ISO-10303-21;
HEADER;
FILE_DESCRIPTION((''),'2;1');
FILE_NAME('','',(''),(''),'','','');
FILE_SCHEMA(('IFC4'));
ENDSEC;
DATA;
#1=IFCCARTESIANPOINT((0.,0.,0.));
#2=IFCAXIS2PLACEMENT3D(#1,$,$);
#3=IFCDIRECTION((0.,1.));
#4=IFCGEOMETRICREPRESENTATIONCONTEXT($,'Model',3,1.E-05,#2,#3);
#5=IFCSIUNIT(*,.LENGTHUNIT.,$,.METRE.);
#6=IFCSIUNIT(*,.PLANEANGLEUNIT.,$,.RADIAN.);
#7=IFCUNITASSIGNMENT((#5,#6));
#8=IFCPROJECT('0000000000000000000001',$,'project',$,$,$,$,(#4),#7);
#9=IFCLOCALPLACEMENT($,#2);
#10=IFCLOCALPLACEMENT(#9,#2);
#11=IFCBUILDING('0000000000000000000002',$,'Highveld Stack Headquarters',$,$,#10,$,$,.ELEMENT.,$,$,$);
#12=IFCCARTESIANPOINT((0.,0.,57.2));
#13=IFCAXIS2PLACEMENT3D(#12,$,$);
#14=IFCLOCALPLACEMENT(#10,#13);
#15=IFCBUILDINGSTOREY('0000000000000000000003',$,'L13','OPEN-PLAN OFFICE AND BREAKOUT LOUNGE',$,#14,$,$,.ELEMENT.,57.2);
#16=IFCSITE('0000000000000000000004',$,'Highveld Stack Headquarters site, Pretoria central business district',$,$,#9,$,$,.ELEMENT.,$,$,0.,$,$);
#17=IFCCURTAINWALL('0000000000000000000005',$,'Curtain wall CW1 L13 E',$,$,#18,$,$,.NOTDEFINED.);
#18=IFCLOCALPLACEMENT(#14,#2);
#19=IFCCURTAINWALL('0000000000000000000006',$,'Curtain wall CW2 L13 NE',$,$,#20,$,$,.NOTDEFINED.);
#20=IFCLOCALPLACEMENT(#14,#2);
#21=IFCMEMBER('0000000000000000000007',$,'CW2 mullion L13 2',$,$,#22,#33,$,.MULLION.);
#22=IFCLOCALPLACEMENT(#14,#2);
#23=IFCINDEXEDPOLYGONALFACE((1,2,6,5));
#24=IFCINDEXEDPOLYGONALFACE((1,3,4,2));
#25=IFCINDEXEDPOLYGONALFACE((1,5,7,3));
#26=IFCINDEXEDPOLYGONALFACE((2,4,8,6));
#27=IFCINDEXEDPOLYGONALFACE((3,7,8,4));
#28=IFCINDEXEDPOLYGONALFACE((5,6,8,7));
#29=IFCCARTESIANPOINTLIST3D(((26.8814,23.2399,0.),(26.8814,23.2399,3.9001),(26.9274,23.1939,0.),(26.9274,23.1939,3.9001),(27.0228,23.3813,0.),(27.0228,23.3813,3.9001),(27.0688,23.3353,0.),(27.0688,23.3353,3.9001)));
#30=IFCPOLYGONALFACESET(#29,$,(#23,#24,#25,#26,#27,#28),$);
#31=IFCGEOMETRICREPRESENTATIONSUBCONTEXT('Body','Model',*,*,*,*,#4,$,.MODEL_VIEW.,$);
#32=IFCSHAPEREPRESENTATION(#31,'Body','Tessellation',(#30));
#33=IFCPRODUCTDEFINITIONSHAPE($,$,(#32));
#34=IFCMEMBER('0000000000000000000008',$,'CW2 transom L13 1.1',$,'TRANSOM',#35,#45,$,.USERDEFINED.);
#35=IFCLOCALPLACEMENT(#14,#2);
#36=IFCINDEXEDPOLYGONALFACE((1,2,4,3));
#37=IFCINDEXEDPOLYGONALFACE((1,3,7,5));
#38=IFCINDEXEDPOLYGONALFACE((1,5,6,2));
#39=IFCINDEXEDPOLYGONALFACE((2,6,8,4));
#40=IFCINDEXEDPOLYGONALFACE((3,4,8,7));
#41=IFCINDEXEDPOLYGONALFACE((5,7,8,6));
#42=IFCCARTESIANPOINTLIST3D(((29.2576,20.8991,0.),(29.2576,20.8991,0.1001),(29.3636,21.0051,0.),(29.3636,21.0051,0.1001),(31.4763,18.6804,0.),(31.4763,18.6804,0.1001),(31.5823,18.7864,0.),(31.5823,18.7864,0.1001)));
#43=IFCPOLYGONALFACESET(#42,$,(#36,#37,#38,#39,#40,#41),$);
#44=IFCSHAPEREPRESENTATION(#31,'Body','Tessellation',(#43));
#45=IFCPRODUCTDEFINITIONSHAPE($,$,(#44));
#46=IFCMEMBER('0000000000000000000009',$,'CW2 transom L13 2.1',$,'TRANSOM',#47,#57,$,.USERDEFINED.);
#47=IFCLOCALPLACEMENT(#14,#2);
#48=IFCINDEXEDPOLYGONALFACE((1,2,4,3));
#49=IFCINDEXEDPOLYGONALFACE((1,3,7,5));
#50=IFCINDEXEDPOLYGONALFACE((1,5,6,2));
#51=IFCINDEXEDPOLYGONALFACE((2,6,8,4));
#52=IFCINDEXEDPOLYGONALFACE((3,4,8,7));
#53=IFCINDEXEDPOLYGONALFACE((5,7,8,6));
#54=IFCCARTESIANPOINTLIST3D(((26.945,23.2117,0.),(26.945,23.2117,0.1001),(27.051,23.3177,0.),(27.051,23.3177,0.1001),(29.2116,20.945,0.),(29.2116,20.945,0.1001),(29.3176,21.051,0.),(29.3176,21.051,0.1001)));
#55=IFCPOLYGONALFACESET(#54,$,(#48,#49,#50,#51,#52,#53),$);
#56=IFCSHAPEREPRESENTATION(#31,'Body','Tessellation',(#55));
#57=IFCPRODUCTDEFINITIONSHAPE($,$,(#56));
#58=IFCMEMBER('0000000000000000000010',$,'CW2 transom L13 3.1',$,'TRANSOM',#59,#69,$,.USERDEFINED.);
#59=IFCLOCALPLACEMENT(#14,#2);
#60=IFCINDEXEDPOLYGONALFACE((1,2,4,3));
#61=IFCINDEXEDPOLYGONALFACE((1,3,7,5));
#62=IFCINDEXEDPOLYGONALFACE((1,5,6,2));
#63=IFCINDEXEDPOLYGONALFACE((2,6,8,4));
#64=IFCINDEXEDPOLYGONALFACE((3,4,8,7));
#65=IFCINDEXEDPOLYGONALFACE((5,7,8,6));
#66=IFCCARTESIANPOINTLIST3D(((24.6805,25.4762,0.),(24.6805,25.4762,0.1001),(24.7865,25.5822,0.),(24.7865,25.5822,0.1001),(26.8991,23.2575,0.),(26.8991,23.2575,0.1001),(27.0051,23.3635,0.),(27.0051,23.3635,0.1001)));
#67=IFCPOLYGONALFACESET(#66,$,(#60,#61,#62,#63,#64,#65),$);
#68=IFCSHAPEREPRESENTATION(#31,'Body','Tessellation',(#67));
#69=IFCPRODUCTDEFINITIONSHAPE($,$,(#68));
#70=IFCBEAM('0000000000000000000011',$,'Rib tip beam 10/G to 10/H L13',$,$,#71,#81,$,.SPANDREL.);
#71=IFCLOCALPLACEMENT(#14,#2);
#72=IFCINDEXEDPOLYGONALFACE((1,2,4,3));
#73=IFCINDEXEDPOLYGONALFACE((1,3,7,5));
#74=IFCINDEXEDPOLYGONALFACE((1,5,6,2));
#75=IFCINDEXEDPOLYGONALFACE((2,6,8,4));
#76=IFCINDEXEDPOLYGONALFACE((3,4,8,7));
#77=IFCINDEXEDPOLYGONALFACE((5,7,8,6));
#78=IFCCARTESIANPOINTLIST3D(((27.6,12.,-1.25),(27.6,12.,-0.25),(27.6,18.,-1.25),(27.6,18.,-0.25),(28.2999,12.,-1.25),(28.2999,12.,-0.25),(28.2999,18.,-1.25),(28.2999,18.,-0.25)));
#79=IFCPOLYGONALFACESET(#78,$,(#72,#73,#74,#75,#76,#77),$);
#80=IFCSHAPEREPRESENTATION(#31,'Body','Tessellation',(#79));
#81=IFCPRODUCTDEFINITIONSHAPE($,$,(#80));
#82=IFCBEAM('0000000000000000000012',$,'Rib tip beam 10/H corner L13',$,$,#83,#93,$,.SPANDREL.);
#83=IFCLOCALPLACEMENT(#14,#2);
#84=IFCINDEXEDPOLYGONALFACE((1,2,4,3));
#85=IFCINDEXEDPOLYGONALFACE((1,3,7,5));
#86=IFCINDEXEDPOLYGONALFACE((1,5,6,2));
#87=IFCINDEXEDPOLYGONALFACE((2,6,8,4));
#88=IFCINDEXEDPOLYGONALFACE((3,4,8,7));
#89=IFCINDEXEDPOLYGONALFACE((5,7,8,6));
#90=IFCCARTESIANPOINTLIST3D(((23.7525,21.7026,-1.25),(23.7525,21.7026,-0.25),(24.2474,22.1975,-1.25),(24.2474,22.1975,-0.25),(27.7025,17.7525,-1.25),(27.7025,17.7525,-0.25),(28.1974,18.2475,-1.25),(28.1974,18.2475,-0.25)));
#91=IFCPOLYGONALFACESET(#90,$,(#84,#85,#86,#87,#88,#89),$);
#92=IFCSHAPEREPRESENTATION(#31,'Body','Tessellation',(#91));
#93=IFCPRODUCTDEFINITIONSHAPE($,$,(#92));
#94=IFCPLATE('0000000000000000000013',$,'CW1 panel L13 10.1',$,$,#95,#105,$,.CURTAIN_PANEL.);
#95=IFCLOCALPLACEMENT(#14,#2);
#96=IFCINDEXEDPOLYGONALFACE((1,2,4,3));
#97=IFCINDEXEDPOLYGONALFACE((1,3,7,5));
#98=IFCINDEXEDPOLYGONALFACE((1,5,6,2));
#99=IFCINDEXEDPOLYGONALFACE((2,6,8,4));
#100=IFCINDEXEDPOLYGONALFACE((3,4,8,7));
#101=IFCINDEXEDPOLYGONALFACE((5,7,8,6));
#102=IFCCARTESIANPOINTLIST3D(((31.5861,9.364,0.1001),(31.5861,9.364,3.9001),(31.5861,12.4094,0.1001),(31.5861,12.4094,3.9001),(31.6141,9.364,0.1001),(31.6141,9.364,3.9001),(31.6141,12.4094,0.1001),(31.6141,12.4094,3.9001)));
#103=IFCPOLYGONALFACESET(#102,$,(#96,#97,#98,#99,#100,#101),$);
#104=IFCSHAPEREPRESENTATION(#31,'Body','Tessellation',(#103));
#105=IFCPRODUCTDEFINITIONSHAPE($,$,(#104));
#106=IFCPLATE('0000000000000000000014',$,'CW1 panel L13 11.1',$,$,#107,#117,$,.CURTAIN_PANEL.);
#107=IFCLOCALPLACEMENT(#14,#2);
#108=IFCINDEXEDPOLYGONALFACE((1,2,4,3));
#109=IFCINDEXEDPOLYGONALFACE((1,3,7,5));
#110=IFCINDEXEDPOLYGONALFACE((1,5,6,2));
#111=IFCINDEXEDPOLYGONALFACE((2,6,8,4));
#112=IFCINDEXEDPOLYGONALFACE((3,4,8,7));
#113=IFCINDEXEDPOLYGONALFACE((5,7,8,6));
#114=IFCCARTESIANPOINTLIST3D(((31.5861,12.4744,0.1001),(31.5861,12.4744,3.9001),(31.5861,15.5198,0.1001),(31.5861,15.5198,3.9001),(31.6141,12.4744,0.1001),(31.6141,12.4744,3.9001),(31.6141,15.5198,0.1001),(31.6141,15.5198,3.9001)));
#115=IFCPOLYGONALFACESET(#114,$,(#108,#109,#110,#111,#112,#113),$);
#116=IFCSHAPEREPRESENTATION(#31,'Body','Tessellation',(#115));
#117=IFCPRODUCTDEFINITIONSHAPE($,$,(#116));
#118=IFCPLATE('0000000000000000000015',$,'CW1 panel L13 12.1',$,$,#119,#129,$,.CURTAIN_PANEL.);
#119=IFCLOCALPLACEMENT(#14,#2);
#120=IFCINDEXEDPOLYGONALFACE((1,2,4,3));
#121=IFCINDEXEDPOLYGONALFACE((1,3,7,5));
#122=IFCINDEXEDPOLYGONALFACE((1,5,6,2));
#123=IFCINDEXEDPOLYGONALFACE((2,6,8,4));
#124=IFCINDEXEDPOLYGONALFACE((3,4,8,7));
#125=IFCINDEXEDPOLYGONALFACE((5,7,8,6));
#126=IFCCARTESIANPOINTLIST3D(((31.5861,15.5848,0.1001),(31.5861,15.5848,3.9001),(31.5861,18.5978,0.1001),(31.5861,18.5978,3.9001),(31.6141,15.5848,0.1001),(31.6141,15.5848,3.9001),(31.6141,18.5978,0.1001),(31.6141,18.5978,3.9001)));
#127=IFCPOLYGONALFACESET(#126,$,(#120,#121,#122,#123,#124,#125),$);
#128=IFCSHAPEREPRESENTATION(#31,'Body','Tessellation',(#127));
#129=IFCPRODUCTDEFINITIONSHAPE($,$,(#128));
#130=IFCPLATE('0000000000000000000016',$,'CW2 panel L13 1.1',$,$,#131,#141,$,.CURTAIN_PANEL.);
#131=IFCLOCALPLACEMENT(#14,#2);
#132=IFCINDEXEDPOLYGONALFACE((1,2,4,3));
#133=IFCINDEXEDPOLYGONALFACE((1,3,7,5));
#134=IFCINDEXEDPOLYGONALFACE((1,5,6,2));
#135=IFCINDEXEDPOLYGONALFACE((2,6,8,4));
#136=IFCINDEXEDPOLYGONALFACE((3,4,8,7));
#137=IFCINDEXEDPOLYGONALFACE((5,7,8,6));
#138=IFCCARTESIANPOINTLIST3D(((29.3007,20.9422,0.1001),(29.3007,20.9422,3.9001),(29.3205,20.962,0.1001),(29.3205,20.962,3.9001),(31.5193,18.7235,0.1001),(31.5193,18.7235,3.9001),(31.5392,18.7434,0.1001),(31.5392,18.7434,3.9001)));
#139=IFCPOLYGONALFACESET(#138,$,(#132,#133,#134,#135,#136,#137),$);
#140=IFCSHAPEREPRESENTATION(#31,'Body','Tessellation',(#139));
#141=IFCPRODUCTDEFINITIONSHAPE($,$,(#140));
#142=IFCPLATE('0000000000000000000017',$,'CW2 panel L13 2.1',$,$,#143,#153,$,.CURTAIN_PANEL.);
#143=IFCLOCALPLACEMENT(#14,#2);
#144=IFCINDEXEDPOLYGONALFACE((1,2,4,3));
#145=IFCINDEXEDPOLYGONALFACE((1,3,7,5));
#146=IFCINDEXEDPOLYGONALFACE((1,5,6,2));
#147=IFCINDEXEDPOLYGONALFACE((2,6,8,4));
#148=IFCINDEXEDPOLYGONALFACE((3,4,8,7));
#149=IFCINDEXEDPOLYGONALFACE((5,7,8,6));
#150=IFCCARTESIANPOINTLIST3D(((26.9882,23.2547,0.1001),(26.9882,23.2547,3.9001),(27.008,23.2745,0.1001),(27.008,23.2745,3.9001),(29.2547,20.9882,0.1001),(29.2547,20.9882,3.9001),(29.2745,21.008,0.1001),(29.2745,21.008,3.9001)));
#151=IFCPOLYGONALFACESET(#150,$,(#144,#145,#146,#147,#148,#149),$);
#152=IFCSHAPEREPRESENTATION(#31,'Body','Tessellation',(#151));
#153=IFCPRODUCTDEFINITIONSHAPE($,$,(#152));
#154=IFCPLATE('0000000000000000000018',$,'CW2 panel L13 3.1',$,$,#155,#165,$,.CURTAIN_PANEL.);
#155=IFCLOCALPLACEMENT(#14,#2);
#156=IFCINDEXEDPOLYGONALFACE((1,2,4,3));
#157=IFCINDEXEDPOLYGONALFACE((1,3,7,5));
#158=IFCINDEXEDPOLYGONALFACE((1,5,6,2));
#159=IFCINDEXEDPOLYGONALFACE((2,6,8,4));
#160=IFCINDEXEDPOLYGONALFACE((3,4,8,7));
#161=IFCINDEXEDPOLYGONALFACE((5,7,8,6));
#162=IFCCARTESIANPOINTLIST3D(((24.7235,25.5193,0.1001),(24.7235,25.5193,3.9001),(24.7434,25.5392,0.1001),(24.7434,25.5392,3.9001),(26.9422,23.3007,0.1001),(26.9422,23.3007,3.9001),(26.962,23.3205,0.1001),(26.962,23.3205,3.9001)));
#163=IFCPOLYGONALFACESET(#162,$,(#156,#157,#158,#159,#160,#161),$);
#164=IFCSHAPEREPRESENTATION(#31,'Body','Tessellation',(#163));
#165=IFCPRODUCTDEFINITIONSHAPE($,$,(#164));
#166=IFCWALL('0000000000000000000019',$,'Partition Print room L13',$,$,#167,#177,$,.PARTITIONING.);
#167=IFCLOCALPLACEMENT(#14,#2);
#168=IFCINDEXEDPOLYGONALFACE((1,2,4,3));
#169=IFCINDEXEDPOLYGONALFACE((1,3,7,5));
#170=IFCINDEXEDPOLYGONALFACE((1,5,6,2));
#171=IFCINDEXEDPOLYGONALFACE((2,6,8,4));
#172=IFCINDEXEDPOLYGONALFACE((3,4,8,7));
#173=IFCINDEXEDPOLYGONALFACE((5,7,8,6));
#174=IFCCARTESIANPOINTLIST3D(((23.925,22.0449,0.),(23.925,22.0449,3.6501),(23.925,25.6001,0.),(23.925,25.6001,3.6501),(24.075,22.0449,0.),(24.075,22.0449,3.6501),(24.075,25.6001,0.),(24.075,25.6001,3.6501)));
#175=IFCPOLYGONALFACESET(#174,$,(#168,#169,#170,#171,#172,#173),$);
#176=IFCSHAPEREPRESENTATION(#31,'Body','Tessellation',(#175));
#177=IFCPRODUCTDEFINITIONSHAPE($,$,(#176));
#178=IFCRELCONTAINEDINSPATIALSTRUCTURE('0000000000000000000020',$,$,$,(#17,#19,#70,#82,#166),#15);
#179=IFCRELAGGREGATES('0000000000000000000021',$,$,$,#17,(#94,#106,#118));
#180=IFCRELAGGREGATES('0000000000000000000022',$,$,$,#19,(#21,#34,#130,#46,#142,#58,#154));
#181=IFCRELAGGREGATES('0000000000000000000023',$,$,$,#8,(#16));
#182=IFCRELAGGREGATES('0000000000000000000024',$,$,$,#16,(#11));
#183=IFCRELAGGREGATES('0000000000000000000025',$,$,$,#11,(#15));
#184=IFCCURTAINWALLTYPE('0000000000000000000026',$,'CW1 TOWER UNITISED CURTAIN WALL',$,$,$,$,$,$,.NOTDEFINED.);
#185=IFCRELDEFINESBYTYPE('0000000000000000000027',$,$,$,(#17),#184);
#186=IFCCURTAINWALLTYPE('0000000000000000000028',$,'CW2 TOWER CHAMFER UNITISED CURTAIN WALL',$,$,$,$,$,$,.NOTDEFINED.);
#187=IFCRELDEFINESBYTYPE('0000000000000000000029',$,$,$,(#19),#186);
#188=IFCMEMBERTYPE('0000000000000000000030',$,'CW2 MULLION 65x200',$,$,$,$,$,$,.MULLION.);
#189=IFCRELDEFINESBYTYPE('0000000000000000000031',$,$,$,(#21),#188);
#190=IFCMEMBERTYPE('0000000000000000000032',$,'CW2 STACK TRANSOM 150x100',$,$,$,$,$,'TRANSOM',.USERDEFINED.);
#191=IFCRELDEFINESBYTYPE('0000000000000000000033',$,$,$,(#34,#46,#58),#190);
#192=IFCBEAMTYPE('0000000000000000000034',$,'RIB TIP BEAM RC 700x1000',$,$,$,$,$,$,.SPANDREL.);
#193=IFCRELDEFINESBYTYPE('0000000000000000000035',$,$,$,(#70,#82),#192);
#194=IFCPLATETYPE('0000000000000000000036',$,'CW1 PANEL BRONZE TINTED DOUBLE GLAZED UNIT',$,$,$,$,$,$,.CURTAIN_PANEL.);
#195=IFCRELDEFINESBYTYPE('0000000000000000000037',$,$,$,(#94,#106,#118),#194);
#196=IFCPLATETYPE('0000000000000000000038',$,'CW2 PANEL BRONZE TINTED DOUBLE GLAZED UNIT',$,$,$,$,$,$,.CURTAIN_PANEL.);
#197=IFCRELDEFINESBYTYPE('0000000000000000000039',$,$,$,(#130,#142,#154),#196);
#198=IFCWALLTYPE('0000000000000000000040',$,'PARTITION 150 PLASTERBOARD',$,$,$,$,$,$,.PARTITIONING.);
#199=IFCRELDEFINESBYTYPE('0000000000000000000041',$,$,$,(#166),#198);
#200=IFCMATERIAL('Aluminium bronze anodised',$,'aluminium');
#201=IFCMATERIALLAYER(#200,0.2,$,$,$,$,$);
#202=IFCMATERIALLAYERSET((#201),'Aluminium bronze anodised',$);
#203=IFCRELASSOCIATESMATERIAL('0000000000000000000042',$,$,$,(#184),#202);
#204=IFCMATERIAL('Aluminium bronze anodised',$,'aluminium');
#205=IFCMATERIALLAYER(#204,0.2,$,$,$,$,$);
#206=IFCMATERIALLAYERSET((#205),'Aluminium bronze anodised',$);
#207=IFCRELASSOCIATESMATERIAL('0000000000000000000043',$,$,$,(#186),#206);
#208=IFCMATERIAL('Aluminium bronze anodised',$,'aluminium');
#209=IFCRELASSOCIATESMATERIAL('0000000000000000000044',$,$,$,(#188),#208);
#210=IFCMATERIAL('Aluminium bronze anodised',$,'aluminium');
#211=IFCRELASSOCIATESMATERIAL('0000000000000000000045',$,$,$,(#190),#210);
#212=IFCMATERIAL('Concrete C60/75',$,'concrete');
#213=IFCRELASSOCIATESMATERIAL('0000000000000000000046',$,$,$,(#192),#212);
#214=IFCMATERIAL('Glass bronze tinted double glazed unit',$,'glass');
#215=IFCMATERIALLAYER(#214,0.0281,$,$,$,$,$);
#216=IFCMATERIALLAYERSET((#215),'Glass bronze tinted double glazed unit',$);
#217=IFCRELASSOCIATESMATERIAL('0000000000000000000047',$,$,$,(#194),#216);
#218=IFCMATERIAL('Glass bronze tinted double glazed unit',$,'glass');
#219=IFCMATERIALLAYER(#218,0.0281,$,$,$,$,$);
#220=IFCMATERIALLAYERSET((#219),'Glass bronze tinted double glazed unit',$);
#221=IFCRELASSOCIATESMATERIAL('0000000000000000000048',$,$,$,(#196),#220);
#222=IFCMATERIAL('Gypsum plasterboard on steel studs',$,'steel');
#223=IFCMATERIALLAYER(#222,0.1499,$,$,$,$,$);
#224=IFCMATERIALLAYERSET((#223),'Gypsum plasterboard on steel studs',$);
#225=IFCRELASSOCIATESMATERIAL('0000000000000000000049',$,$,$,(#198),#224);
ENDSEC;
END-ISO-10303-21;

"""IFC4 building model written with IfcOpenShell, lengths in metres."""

from ifc_helpers import new_model, si_unit, direction, frame, frame_2d, origin, origin_2d, place, context, subcontext, project, spatial, rectangle, extrude, material, layer, layer_set, material_profile, profile_set, type_object, element, aggregate, save


model = new_model("IFC4")

# Units and contexts
model_context = context("Model", 3, precision=1e-05, world=origin(), true_north=direction((0.0, 1.0)))
body_context = subcontext(model_context, "Body", "Model", "MODEL_VIEW")
ifc_project = project(units=[si_unit("LENGTHUNIT", "METRE"), si_unit("PLANEANGLEUNIT", "RADIAN")], contexts=[model_context])

# Site, building, storey
site_placement = place(None, origin())
site = spatial("IfcSite", under=ifc_project, at=site_placement, Name="Highveld Stack Headquarters site, Pretoria central business district", CompositionType="ELEMENT", RefElevation=0.0)
building_placement = place(site_placement, origin())
building = spatial("IfcBuilding", under=site, at=building_placement, Name="Highveld Stack Headquarters", CompositionType="ELEMENT")
storey_placement = place(building_placement, frame((0.0, 0.0, 57.2)))
storey = spatial("IfcBuildingStorey", under=building, at=storey_placement, Name="L13", Description="OPEN-PLAN OFFICE AND BREAKOUT LOUNGE", CompositionType="ELEMENT", Elevation=57.2)

# Curtain wall
ifc_material_1 = material(Name="Aluminium bronze anodised", Category="aluminium")
ifc_layer_1 = layer(ifc_material_1, 0.2)
ifc_layer_set_1 = layer_set([ifc_layer_1], Name="Aluminium bronze anodised")
curtain_wall_type_1 = type_object("IfcCurtainWallType", Name="CW1 TOWER UNITISED CURTAIN WALL", PredefinedType="NOTDEFINED", material=ifc_layer_set_1)
curtain_wall_1_placement = place(storey_placement, origin())
curtain_wall_1 = element("IfcCurtainWall", 1, at=curtain_wall_1_placement, inside=storey, type_object=curtain_wall_type_1, Name="Curtain wall CW1 L13 E", PredefinedType="NOTDEFINED")

# Curtain wall, members
ifc_material_2 = material(Name="Aluminium bronze anodised", Category="aluminium")
ifc_layer_2 = layer(ifc_material_2, 0.2)
ifc_layer_set_2 = layer_set([ifc_layer_2], Name="Aluminium bronze anodised")
curtain_wall_type_2 = type_object("IfcCurtainWallType", Name="CW2 TOWER CHAMFER UNITISED CURTAIN WALL", PredefinedType="NOTDEFINED", material=ifc_layer_set_2)
curtain_wall_2_placement = place(storey_placement, origin())
curtain_wall_2 = element("IfcCurtainWall", 2, at=curtain_wall_2_placement, inside=storey, type_object=curtain_wall_type_2, Name="Curtain wall CW2 L13 NE", PredefinedType="NOTDEFINED")
ifc_material_3 = material(Name="Aluminium bronze anodised", Category="aluminium")
ifc_material_profile_1 = material_profile(ifc_material_3, rectangle(XDim=0.2, YDim=0.0649, at=origin_2d()), Name="CW2 MULLION 65x200")
ifc_profile_set_1 = profile_set([ifc_material_profile_1], Name="Aluminium bronze anodised")
member_type_1 = type_object("IfcMemberType", Name="CW2 MULLION 65x200", PredefinedType="MULLION", material=ifc_profile_set_1)
member_1_placement = place(storey_placement, frame((26.9751, 23.2876, 0.0), z_axis=(0.0, 0.0, 1.0), x_axis=(-0.707107, -0.707107, 0.0)))
member_1 = element("IfcMember", 3, at=member_1_placement, type_object=member_type_1, Name="CW2 mullion L13 2", PredefinedType="MULLION", context=body_context, shape_type="SweptSolid", body=[
    extrude(rectangle(XDim=0.2, YDim=0.0649, at=origin_2d()), origin(), (0.0, 0.0, 1.0), 3.9001),
])
ifc_material_4 = material(Name="Aluminium bronze anodised", Category="aluminium")
ifc_material_profile_2 = material_profile(ifc_material_4, rectangle(XDim=0.1499, YDim=0.1001, at=origin_2d()), Name="CW2 TRANSOM 150x100")
ifc_profile_set_2 = profile_set([ifc_material_profile_2], Name="Aluminium bronze anodised")
member_type_2 = type_object("IfcMemberType", Name="CW2 STACK TRANSOM 150x100", ElementType="TRANSOM", PredefinedType="USERDEFINED", material=ifc_profile_set_2)
member_2_placement = place(storey_placement, frame((31.5293, 18.7334, 0.05), z_axis=(-0.707107, 0.707107, 0.0), x_axis=(-0.707107, -0.707107, 0.0)))
member_2 = element("IfcMember", 4, at=member_2_placement, type_object=member_type_2, Name="CW2 transom L13 1.1", ObjectType="TRANSOM", PredefinedType="USERDEFINED", context=body_context, shape_type="SweptSolid", body=[
    extrude(rectangle(XDim=0.1499, YDim=0.1001, at=origin_2d()), origin(), (0.0, 0.0, 1.0), 3.1377),
])
member_3_placement = place(storey_placement, frame((29.2646, 20.998, 0.05), z_axis=(-0.707107, 0.707107, 0.0), x_axis=(-0.707107, -0.707107, 0.0)))
member_3 = element("IfcMember", 5, at=member_3_placement, type_object=member_type_2, Name="CW2 transom L13 2.1", ObjectType="TRANSOM", PredefinedType="USERDEFINED", context=body_context, shape_type="SweptSolid", body=[
    extrude(rectangle(XDim=0.1499, YDim=0.1001, at=origin_2d()), origin(), (0.0, 0.0, 1.0), 3.2056),
])
member_4_placement = place(storey_placement, frame((26.9521, 23.3105, 0.05), z_axis=(-0.707107, 0.707107, 0.0), x_axis=(-0.707107, -0.707107, 0.0)))
member_4 = element("IfcMember", 6, at=member_4_placement, type_object=member_type_2, Name="CW2 transom L13 3.1", ObjectType="TRANSOM", PredefinedType="USERDEFINED", context=body_context, shape_type="SweptSolid", body=[
    extrude(rectangle(XDim=0.1499, YDim=0.1001, at=origin_2d()), origin(), (0.0, 0.0, 1.0), 3.1377),
])

# Beams
ifc_material_5 = material(Name="Concrete C60/75", Category="concrete")
ifc_material_profile_3 = material_profile(ifc_material_5, rectangle(XDim=0.7, YDim=1.0, at=origin_2d()), Name="RC 700x1000")
ifc_profile_set_3 = profile_set([ifc_material_profile_3], Name="Concrete C60/75")
beam_type = type_object("IfcBeamType", Name="RIB TIP BEAM RC 700x1000", PredefinedType="SPANDREL", material=ifc_profile_set_3)
beam_1_placement = place(storey_placement, frame((27.95, 12.0, -0.75), z_axis=(0.0, 1.0, 0.0), x_axis=(-1.0, 0.0, 0.0)))
element("IfcBeam", 7, at=beam_1_placement, inside=storey, type_object=beam_type, Name="Rib tip beam 10/G to 10/H L13", PredefinedType="SPANDREL", context=body_context, shape_type="SweptSolid", body=[
    extrude(rectangle(XDim=0.7, YDim=1.0, at=origin_2d()), origin(), (0.0, 0.0, 1.0), 6.0),
])
beam_2_placement = place(storey_placement, frame((27.95, 18.0, -0.75), z_axis=(-0.707107, 0.707107, 0.0), x_axis=(-0.707107, -0.707107, 0.0)))
element("IfcBeam", 8, at=beam_2_placement, inside=storey, type_object=beam_type, Name="Rib tip beam 10/H corner L13", PredefinedType="SPANDREL", context=body_context, shape_type="SweptSolid", body=[
    extrude(rectangle(XDim=0.7, YDim=1.0, at=origin_2d()), origin(), (0.0, 0.0, 1.0), 5.5862),
])

# Plates
ifc_material_6 = material(Name="Glass bronze tinted double glazed unit", Category="glass")
ifc_layer_3 = layer(ifc_material_6, 0.0281)
ifc_layer_set_3 = layer_set([ifc_layer_3], Name="Glass bronze tinted double glazed unit")
plate_type_1 = type_object("IfcPlateType", Name="CW1 PANEL BRONZE TINTED DOUBLE GLAZED UNIT", PredefinedType="CURTAIN_PANEL", material=ifc_layer_set_3)
plate_1_placement = place(storey_placement, frame((31.6001, 10.8867, 0.1001), z_axis=(0.0, 0.0, 1.0), x_axis=(0.0, 1.0, 0.0)))
plate_1 = element("IfcPlate", 9, at=plate_1_placement, type_object=plate_type_1, Name="CW1 panel L13 10.1", PredefinedType="CURTAIN_PANEL", context=body_context, shape_type="SweptSolid", body=[
    extrude(rectangle(XDim=3.0454, YDim=0.0281, at=origin_2d()), origin(), (0.0, 0.0, 1.0), 3.8),
])
plate_2_placement = place(storey_placement, frame((31.6001, 13.9971, 0.1001), z_axis=(0.0, 0.0, 1.0), x_axis=(0.0, 1.0, 0.0)))
plate_2 = element("IfcPlate", 10, at=plate_2_placement, type_object=plate_type_1, Name="CW1 panel L13 11.1", PredefinedType="CURTAIN_PANEL", context=body_context, shape_type="SweptSolid", body=[
    extrude(rectangle(XDim=3.0454, YDim=0.0281, at=origin_2d()), origin(), (0.0, 0.0, 1.0), 3.8),
])
plate_3_placement = place(storey_placement, frame((31.6001, 17.0913, 0.1001), z_axis=(0.0, 0.0, 1.0), x_axis=(0.0, 1.0, 0.0)))
plate_3 = element("IfcPlate", 11, at=plate_3_placement, type_object=plate_type_1, Name="CW1 panel L13 12.1", PredefinedType="CURTAIN_PANEL", context=body_context, shape_type="SweptSolid", body=[
    extrude(rectangle(XDim=3.0129, YDim=0.0281, at=origin_2d()), origin(), (0.0, 0.0, 1.0), 3.8),
])
aggregate(curtain_wall_1, [plate_1, plate_2, plate_3])
ifc_material_7 = material(Name="Glass bronze tinted double glazed unit", Category="glass")
ifc_layer_4 = layer(ifc_material_7, 0.0281)
ifc_layer_set_4 = layer_set([ifc_layer_4], Name="Glass bronze tinted double glazed unit")
plate_type_2 = type_object("IfcPlateType", Name="CW2 PANEL BRONZE TINTED DOUBLE GLAZED UNIT", PredefinedType="CURTAIN_PANEL", material=ifc_layer_set_4)
plate_4_placement = place(storey_placement, frame((30.4199, 19.8428, 0.1001), z_axis=(0.0, 0.0, 1.0), x_axis=(-0.707107, 0.707107, 0.0)))
plate_4 = element("IfcPlate", 12, at=plate_4_placement, type_object=plate_type_2, Name="CW2 panel L13 1.1", PredefinedType="CURTAIN_PANEL", context=body_context, shape_type="SweptSolid", body=[
    extrude(rectangle(XDim=3.1377, YDim=0.0281, at=origin_2d()), origin(), (0.0, 0.0, 1.0), 3.8),
])
plate_5_placement = place(storey_placement, frame((28.1313, 22.1313, 0.1001), z_axis=(0.0, 0.0, 1.0), x_axis=(-0.707107, 0.707107, 0.0)))
plate_5 = element("IfcPlate", 13, at=plate_5_placement, type_object=plate_type_2, Name="CW2 panel L13 2.1", PredefinedType="CURTAIN_PANEL", context=body_context, shape_type="SweptSolid", body=[
    extrude(rectangle(XDim=3.2053, YDim=0.0281, at=origin_2d()), origin(), (0.0, 0.0, 1.0), 3.8),
])
plate_6_placement = place(storey_placement, frame((25.8428, 24.4199, 0.1001), z_axis=(0.0, 0.0, 1.0), x_axis=(-0.707107, 0.707107, 0.0)))
plate_6 = element("IfcPlate", 14, at=plate_6_placement, type_object=plate_type_2, Name="CW2 panel L13 3.1", PredefinedType="CURTAIN_PANEL", context=body_context, shape_type="SweptSolid", body=[
    extrude(rectangle(XDim=3.1377, YDim=0.0281, at=origin_2d()), origin(), (0.0, 0.0, 1.0), 3.8),
])
aggregate(curtain_wall_2, [member_1, member_2, plate_4, member_3, plate_5, member_4, plate_6])

# Wall
ifc_material_8 = material(Name="Gypsum plasterboard on steel studs", Category="steel")
ifc_layer_5 = layer(ifc_material_8, 0.1499)
ifc_layer_set_5 = layer_set([ifc_layer_5], Name="Gypsum plasterboard on steel studs")
wall_type = type_object("IfcWallType", Name="PARTITION 150 PLASTERBOARD", PredefinedType="PARTITIONING", material=ifc_layer_set_5)
wall_placement = place(storey_placement, frame((24.0, 22.0449, 0.0), z_axis=(0.0, 0.0, 1.0), x_axis=(0.0, 1.0, 0.0)))
element("IfcWall", 15, at=wall_placement, inside=storey, type_object=wall_type, Name="Partition Print room L13", PredefinedType="PARTITIONING", context=body_context, shape_type="SweptSolid", body=[
    extrude(rectangle(XDim=3.5552, YDim=0.1499, at=frame_2d((1.7776, 0.0))), origin(), (0.0, 0.0, 1.0), 3.6501),
])

save(model, "model.ifc")
